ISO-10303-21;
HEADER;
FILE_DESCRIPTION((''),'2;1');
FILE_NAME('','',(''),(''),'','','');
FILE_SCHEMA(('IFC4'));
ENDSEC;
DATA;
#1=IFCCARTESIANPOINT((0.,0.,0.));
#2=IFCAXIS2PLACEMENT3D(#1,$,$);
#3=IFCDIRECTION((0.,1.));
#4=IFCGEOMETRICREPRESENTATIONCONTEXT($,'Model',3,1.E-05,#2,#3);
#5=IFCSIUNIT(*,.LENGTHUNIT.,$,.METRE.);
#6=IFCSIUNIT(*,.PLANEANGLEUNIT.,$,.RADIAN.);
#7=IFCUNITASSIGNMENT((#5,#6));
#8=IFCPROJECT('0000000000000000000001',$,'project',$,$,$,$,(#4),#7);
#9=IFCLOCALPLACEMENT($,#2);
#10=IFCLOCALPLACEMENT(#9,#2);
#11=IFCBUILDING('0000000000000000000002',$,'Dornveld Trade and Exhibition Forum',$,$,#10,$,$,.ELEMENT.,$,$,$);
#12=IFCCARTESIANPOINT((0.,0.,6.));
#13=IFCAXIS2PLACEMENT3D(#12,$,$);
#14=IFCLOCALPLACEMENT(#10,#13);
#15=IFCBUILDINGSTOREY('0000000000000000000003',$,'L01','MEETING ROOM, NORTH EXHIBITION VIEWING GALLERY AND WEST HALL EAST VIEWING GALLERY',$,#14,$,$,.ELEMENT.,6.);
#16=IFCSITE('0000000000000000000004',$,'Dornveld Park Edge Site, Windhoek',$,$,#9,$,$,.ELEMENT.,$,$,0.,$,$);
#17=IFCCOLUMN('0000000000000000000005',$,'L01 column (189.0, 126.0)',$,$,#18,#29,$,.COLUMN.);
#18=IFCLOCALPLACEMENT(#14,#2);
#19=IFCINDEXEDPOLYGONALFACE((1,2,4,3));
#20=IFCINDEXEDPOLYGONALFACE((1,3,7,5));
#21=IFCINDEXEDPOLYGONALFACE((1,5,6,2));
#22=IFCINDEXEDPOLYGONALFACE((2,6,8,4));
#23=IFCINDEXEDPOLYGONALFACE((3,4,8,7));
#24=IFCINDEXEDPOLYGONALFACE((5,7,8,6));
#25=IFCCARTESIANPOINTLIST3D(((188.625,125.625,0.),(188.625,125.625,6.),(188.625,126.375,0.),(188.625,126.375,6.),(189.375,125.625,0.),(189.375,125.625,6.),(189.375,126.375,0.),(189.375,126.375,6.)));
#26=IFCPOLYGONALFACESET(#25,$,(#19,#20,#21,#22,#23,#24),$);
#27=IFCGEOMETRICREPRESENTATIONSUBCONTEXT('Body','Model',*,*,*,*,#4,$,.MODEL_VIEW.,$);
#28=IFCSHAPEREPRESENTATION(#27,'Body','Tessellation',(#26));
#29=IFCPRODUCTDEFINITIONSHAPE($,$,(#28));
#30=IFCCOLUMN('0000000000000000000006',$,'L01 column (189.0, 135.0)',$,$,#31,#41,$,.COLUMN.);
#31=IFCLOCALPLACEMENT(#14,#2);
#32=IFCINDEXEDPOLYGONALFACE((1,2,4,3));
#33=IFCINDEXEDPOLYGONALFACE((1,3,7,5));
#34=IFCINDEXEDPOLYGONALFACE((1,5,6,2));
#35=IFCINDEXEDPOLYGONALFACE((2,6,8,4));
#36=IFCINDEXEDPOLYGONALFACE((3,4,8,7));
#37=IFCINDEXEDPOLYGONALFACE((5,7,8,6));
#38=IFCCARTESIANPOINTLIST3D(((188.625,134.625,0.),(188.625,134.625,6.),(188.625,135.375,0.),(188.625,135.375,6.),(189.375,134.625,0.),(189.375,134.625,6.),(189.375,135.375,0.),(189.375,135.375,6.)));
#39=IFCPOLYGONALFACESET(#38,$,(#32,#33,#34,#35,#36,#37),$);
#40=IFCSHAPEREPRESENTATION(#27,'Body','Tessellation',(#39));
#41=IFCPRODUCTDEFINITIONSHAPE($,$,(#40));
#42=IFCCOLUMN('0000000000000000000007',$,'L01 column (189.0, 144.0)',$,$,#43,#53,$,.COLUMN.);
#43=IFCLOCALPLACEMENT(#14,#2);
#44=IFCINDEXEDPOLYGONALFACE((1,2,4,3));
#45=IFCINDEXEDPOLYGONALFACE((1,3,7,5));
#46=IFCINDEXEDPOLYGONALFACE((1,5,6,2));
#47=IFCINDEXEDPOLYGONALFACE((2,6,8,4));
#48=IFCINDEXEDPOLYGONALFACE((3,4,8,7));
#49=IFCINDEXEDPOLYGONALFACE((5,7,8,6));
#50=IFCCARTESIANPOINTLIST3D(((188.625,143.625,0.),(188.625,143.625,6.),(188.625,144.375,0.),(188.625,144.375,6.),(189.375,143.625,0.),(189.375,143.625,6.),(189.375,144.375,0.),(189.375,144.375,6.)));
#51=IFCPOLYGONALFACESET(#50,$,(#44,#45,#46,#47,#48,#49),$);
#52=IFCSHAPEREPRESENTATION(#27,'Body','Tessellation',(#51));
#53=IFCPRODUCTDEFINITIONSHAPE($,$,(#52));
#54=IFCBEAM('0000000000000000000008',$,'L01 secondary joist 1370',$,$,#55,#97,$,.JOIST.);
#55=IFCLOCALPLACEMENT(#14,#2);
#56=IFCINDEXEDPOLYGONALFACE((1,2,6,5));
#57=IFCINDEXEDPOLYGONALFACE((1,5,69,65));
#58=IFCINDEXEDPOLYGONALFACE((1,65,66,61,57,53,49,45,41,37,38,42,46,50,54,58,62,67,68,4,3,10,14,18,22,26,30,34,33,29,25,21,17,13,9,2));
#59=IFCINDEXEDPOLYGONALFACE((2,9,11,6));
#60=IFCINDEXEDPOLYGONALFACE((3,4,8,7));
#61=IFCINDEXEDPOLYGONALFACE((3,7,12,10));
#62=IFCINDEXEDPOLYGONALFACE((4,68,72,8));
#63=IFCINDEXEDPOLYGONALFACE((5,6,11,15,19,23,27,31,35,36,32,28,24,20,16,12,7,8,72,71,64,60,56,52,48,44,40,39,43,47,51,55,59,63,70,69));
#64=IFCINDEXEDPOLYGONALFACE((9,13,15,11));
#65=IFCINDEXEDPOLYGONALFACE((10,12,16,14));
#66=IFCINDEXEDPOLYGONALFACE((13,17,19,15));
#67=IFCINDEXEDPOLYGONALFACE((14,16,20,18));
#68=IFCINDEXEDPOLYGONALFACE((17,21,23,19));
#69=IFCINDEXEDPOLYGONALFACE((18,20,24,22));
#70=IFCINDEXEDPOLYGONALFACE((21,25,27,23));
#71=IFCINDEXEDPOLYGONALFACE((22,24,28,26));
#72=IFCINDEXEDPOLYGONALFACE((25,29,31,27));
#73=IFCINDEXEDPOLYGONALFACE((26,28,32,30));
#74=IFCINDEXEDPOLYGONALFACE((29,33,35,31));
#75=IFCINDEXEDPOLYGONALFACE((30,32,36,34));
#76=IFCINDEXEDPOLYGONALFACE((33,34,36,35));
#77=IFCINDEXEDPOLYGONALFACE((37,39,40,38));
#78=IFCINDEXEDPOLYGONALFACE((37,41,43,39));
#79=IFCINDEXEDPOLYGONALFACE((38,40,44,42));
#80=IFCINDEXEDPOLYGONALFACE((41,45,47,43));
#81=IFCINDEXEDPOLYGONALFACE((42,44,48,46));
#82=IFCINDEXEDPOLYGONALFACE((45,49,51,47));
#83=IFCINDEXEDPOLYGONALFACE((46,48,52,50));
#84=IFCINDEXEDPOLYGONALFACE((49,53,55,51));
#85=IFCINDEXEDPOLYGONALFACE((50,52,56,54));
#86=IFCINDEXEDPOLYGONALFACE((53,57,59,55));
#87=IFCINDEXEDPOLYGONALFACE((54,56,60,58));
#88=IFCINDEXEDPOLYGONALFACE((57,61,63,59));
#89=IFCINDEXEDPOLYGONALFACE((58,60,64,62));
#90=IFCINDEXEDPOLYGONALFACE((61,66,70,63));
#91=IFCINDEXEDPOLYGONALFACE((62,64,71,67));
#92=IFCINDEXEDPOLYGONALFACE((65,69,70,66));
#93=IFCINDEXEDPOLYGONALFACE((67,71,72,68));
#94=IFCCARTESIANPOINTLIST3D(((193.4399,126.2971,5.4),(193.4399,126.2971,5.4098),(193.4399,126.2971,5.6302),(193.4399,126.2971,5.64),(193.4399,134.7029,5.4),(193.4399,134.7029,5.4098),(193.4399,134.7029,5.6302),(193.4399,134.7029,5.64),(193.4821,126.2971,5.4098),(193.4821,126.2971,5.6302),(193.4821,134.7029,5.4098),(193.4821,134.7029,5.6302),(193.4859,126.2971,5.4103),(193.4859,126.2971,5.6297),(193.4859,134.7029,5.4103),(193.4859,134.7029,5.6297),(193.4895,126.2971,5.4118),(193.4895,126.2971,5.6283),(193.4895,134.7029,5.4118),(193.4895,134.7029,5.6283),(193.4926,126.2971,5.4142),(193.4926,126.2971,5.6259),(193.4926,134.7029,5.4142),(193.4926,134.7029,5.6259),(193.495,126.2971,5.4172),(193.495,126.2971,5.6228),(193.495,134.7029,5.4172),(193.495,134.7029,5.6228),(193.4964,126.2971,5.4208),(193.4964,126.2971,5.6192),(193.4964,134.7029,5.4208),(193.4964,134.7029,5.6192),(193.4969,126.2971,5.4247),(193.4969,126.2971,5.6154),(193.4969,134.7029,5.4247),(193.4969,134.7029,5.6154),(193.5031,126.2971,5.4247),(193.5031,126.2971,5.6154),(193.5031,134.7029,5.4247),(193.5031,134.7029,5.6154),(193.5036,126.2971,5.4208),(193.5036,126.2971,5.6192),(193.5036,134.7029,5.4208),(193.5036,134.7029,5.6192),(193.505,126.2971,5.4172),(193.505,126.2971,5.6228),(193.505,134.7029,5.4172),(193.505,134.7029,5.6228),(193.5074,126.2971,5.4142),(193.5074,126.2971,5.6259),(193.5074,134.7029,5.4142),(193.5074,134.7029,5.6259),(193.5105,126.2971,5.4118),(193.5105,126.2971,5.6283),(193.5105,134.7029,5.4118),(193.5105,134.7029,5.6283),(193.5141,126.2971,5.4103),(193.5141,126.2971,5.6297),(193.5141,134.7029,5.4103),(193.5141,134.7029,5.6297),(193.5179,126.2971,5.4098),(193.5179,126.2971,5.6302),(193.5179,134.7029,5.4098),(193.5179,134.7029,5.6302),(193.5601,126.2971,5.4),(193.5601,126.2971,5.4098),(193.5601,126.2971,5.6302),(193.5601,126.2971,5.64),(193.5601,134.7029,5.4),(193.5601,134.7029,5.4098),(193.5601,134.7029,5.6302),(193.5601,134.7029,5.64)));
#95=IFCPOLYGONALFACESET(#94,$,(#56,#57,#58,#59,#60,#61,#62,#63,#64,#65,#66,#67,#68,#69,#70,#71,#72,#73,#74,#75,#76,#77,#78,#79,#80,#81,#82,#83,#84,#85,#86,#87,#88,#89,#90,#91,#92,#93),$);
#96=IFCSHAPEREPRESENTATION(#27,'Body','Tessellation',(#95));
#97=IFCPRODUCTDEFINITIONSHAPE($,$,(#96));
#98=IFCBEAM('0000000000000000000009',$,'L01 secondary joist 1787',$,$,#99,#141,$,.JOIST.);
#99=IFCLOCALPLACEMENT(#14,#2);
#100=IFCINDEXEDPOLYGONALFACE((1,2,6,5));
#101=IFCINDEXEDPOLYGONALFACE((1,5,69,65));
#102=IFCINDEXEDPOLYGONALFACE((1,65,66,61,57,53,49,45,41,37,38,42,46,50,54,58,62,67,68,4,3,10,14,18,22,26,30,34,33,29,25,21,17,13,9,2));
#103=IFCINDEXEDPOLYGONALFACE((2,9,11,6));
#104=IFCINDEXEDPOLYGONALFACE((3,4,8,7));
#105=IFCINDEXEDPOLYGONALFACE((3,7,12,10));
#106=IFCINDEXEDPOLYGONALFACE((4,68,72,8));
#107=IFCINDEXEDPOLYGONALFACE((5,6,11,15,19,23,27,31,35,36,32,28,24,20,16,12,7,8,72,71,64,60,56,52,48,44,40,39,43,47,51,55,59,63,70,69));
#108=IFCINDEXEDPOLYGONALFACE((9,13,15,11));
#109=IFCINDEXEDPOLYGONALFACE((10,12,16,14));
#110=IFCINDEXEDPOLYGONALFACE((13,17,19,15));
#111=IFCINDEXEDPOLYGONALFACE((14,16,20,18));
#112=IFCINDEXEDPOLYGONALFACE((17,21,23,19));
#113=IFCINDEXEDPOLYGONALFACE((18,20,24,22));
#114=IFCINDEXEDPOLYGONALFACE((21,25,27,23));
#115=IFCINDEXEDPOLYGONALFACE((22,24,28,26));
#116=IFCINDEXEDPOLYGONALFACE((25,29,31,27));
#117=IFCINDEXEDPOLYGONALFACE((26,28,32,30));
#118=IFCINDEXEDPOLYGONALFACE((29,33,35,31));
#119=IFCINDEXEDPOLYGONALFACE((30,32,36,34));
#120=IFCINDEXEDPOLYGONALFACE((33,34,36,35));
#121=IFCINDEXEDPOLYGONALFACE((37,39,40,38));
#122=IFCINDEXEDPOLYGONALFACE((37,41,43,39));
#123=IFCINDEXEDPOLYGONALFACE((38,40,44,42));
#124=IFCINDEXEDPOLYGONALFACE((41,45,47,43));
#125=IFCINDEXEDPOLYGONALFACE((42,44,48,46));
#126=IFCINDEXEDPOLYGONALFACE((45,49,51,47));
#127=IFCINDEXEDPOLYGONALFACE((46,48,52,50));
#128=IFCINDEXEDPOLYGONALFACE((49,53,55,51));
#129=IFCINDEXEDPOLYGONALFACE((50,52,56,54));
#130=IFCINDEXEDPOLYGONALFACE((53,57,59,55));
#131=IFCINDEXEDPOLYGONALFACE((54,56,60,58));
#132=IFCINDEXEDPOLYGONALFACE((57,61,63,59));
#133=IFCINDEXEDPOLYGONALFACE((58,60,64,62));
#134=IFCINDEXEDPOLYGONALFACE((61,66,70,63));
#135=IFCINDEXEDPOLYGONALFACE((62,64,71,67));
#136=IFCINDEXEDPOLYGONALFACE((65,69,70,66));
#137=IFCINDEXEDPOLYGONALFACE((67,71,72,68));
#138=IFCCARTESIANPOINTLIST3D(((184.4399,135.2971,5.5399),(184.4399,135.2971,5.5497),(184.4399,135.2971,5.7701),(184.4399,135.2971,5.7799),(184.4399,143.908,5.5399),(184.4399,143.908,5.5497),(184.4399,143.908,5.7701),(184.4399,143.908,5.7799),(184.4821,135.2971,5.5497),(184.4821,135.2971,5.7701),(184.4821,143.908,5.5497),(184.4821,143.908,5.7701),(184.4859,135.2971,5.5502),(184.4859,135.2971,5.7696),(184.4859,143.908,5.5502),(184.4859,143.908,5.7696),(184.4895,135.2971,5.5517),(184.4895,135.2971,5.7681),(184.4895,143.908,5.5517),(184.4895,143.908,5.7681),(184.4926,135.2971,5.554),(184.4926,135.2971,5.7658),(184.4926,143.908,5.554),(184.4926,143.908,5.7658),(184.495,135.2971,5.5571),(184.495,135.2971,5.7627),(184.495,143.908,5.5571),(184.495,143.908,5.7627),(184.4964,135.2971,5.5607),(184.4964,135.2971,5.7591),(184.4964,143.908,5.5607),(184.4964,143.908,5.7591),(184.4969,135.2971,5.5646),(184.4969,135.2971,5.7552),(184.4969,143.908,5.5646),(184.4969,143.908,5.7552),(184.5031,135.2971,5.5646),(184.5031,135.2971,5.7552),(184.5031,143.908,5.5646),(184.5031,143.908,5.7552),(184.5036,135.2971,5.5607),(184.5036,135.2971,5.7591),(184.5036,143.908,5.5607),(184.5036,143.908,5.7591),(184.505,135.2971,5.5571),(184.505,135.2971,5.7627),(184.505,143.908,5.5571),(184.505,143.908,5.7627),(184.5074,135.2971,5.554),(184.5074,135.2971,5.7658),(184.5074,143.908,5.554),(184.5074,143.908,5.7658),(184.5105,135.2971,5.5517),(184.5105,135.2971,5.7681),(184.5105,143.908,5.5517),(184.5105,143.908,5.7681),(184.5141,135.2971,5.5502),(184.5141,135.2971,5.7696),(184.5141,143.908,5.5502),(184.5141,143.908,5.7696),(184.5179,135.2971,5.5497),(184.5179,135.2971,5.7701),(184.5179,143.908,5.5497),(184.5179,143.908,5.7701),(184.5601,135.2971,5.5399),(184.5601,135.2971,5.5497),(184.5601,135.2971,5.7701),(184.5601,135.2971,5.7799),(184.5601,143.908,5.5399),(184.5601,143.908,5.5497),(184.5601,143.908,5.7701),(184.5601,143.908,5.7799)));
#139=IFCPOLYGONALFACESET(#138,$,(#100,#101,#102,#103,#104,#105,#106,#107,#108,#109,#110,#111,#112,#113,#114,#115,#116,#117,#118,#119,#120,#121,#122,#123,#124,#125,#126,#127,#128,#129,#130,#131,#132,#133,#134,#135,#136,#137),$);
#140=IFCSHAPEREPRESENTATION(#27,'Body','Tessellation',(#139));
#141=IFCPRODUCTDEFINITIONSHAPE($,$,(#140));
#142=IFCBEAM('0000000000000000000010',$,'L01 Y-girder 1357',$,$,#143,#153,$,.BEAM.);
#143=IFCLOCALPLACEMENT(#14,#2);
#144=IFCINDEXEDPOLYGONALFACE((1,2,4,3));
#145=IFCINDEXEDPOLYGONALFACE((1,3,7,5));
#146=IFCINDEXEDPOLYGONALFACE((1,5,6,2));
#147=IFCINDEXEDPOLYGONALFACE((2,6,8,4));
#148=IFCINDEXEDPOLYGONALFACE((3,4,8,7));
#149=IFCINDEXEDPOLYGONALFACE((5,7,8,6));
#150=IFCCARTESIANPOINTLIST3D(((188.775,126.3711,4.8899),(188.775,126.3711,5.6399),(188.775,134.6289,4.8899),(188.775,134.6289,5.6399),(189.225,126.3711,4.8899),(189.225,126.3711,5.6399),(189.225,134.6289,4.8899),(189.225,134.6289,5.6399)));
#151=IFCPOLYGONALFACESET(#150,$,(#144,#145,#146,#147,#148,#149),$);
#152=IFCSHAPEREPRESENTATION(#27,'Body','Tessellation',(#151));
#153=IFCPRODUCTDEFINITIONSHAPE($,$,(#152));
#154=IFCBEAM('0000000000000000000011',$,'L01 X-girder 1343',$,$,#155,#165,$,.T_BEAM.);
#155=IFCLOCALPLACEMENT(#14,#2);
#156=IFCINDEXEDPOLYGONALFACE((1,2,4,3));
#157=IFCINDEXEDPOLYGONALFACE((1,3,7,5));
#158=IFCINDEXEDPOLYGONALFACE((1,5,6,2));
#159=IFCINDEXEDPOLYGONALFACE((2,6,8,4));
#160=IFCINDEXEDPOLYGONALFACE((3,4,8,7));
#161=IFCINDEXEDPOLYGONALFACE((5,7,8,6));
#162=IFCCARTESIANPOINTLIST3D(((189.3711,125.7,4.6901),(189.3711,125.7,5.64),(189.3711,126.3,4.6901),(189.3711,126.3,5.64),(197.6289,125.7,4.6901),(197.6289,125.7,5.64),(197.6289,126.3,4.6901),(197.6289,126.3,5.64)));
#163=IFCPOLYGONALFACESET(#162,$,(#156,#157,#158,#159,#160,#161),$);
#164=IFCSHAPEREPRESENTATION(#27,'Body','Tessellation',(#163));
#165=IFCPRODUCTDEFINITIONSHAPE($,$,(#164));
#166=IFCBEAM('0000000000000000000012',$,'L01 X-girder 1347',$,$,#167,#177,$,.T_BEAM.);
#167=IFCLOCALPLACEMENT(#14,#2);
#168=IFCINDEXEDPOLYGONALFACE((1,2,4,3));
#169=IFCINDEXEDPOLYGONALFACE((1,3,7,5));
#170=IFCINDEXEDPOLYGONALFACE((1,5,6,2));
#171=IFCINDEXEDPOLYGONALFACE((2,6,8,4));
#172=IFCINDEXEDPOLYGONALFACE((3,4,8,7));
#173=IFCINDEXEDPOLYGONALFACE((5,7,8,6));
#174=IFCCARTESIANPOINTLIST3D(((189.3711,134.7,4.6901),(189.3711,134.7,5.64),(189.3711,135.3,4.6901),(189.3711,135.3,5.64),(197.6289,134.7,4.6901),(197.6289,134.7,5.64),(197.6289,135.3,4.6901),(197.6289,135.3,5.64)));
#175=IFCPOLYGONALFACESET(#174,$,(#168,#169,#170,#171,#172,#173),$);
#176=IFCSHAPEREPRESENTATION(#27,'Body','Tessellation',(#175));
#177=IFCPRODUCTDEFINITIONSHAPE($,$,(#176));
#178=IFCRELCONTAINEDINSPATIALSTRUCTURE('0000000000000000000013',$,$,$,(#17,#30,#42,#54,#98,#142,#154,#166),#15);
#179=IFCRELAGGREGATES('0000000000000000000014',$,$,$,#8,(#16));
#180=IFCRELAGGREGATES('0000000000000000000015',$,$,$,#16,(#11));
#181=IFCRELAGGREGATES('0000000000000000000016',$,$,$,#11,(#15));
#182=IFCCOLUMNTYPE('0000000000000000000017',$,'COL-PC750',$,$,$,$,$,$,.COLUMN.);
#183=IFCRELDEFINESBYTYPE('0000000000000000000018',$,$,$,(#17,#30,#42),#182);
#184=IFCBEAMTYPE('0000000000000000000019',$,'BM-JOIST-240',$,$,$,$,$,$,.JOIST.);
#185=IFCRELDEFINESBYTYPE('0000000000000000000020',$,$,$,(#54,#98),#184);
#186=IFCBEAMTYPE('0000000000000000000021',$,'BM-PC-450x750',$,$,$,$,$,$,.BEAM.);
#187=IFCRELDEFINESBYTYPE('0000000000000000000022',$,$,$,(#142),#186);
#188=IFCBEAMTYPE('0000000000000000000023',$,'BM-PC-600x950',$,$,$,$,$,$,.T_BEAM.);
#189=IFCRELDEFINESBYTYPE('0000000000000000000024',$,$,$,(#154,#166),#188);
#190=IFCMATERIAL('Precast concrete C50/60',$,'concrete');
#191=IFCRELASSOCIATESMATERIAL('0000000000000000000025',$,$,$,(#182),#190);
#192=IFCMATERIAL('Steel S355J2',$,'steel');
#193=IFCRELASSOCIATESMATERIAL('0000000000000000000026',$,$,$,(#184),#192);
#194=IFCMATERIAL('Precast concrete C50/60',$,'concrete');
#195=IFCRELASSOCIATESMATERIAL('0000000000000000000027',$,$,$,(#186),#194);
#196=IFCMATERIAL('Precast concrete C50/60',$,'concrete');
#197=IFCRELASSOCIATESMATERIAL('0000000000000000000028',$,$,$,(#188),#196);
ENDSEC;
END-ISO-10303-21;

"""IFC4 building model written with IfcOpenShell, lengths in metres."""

from ifc_helpers import new_model, si_unit, direction, frame, origin, origin_2d, place, context, subcontext, project, spatial, rectangle, i_section, extrude, material, material_profile, profile_set, type_object, element, save


model = new_model("IFC4")

# Units and contexts
model_context = context("Model", 3, precision=1e-05, world=origin(), true_north=direction((0.0, 1.0)))
body_context = subcontext(model_context, "Body", "Model", "MODEL_VIEW")
ifc_project = project(units=[si_unit("LENGTHUNIT", "METRE"), si_unit("PLANEANGLEUNIT", "RADIAN")], contexts=[model_context])

# Site, building, storey
site_placement = place(None, origin())
site = spatial("IfcSite", under=ifc_project, at=site_placement, Name="Dornveld Park Edge Site, Windhoek", CompositionType="ELEMENT", RefElevation=0.0)
building_placement = place(site_placement, origin())
building = spatial("IfcBuilding", under=site, at=building_placement, Name="Dornveld Trade and Exhibition Forum", CompositionType="ELEMENT")
storey_placement = place(building_placement, frame((0.0, 0.0, 6.0)))
storey = spatial("IfcBuildingStorey", under=building, at=storey_placement, Name="L01", Description="MEETING ROOM, NORTH EXHIBITION VIEWING GALLERY AND WEST HALL EAST VIEWING GALLERY", CompositionType="ELEMENT", Elevation=6.0)

# Columns
ifc_material_1 = material(Name="Precast concrete C50/60", Category="concrete")
ifc_material_profile_1 = material_profile(ifc_material_1, rectangle(XDim=0.75, YDim=0.75, at=origin_2d()), Name="PC-COL 750x750")
ifc_profile_set_1 = profile_set([ifc_material_profile_1], Name="Precast concrete C50/60")
column_type = type_object("IfcColumnType", Name="COL-PC750", PredefinedType="COLUMN", material=ifc_profile_set_1)
for number, where, z_axis, x_axis, name in (
    (1, (189.0, 126.0, 0.0), (0.0, 0.0, 1.0), (1.0, 0.0, 0.0), "L01 column (189.0, 126.0)"),
    (2, (189.0, 135.0, 0.0), (0.0, 0.0, 1.0), (1.0, 0.0, 0.0), "L01 column (189.0, 135.0)"),
    (3, (189.0, 144.0, 0.0), (0.0, 0.0, 1.0), (1.0, 0.0, 0.0), "L01 column (189.0, 144.0)"),
):
    element("IfcColumn", number, at=place(storey_placement, frame(where, z_axis=z_axis, x_axis=x_axis)), inside=storey, type_object=column_type, Name=name, PredefinedType="COLUMN", context=body_context, shape_type="SweptSolid", body=[
        extrude(rectangle(XDim=0.75, YDim=0.75, at=origin_2d()), origin(), (0.0, 0.0, 1.0), 6.0),
    ])

# Beams
ifc_material_2 = material(Name="Steel S355J2", Category="steel")
ifc_material_profile_2 = material_profile(ifc_material_2, i_section(OverallWidth=0.1201, OverallDepth=0.24, WebThickness=0.0061, FlangeThickness=0.0098, FilletRadius=0.0149, at=origin_2d()), Name="IPE 240")
ifc_profile_set_2 = profile_set([ifc_material_profile_2], Name="Steel S355J2")
beam_type_1 = type_object("IfcBeamType", Name="BM-JOIST-240", PredefinedType="JOIST", material=ifc_profile_set_2)
beam_1_placement = place(storey_placement, frame((193.5, 126.2971, 5.52), z_axis=(0.0, 1.0, 0.0), x_axis=(-1.0, 0.0, 0.0)))
element("IfcBeam", 4, at=beam_1_placement, inside=storey, type_object=beam_type_1, Name="L01 secondary joist 1370", PredefinedType="JOIST", context=body_context, shape_type="SweptSolid", body=[
    extrude(i_section(OverallWidth=0.1201, OverallDepth=0.24, WebThickness=0.0061, FlangeThickness=0.0098, FilletRadius=0.0149, at=origin_2d()), origin(), (0.0, 0.0, 1.0), 8.4058),
])
beam_2_placement = place(storey_placement, frame((184.5, 135.2971, 5.6599), z_axis=(0.0, 1.0, 0.0), x_axis=(-1.0, 0.0, 0.0)))
element("IfcBeam", 5, at=beam_2_placement, inside=storey, type_object=beam_type_1, Name="L01 secondary joist 1787", PredefinedType="JOIST", context=body_context, shape_type="SweptSolid", body=[
    extrude(i_section(OverallWidth=0.1201, OverallDepth=0.24, WebThickness=0.0061, FlangeThickness=0.0098, FilletRadius=0.0149, at=origin_2d()), origin(), (0.0, 0.0, 1.0), 8.6108),
])
ifc_material_3 = material(Name="Precast concrete C50/60", Category="concrete")
ifc_material_profile_3 = material_profile(ifc_material_3, rectangle(XDim=0.45, YDim=0.75, at=origin_2d()), Name="PC-BM 450x750")
ifc_profile_set_3 = profile_set([ifc_material_profile_3], Name="Precast concrete C50/60")
beam_type_2 = type_object("IfcBeamType", Name="BM-PC-450x750", PredefinedType="BEAM", material=ifc_profile_set_3)
beam_3_placement = place(storey_placement, frame((189.0, 126.3711, 5.2649), z_axis=(0.0, 1.0, 0.0), x_axis=(-1.0, 0.0, 0.0)))
element("IfcBeam", 6, at=beam_3_placement, inside=storey, type_object=beam_type_2, Name="L01 Y-girder 1357", PredefinedType="BEAM", context=body_context, shape_type="SweptSolid", body=[
    extrude(rectangle(XDim=0.45, YDim=0.75, at=origin_2d()), origin(), (0.0, 0.0, 1.0), 8.2578),
])
ifc_material_4 = material(Name="Precast concrete C50/60", Category="concrete")
ifc_material_profile_4 = material_profile(ifc_material_4, rectangle(XDim=0.6001, YDim=0.95, at=origin_2d()), Name="PC-GIR 600x950")
ifc_profile_set_4 = profile_set([ifc_material_profile_4], Name="Precast concrete C50/60")
beam_type_3 = type_object("IfcBeamType", Name="BM-PC-600x950", PredefinedType="T_BEAM", material=ifc_profile_set_4)
for number, where, z_axis, x_axis, name in (
    (7, (189.3711, 126.0, 5.165), (1.0, 0.0, 0.0), (0.0, 1.0, 0.0), "L01 X-girder 1343"),
    (8, (189.3711, 135.0, 5.165), (1.0, 0.0, 0.0), (0.0, 1.0, 0.0), "L01 X-girder 1347"),
):
    element("IfcBeam", number, at=place(storey_placement, frame(where, z_axis=z_axis, x_axis=x_axis)), inside=storey, type_object=beam_type_3, Name=name, PredefinedType="T_BEAM", context=body_context, shape_type="SweptSolid", body=[
        extrude(rectangle(XDim=0.6001, YDim=0.95, at=origin_2d()), origin(), (0.0, 0.0, 1.0), 8.2578),
    ])

save(model, "model.ifc")
